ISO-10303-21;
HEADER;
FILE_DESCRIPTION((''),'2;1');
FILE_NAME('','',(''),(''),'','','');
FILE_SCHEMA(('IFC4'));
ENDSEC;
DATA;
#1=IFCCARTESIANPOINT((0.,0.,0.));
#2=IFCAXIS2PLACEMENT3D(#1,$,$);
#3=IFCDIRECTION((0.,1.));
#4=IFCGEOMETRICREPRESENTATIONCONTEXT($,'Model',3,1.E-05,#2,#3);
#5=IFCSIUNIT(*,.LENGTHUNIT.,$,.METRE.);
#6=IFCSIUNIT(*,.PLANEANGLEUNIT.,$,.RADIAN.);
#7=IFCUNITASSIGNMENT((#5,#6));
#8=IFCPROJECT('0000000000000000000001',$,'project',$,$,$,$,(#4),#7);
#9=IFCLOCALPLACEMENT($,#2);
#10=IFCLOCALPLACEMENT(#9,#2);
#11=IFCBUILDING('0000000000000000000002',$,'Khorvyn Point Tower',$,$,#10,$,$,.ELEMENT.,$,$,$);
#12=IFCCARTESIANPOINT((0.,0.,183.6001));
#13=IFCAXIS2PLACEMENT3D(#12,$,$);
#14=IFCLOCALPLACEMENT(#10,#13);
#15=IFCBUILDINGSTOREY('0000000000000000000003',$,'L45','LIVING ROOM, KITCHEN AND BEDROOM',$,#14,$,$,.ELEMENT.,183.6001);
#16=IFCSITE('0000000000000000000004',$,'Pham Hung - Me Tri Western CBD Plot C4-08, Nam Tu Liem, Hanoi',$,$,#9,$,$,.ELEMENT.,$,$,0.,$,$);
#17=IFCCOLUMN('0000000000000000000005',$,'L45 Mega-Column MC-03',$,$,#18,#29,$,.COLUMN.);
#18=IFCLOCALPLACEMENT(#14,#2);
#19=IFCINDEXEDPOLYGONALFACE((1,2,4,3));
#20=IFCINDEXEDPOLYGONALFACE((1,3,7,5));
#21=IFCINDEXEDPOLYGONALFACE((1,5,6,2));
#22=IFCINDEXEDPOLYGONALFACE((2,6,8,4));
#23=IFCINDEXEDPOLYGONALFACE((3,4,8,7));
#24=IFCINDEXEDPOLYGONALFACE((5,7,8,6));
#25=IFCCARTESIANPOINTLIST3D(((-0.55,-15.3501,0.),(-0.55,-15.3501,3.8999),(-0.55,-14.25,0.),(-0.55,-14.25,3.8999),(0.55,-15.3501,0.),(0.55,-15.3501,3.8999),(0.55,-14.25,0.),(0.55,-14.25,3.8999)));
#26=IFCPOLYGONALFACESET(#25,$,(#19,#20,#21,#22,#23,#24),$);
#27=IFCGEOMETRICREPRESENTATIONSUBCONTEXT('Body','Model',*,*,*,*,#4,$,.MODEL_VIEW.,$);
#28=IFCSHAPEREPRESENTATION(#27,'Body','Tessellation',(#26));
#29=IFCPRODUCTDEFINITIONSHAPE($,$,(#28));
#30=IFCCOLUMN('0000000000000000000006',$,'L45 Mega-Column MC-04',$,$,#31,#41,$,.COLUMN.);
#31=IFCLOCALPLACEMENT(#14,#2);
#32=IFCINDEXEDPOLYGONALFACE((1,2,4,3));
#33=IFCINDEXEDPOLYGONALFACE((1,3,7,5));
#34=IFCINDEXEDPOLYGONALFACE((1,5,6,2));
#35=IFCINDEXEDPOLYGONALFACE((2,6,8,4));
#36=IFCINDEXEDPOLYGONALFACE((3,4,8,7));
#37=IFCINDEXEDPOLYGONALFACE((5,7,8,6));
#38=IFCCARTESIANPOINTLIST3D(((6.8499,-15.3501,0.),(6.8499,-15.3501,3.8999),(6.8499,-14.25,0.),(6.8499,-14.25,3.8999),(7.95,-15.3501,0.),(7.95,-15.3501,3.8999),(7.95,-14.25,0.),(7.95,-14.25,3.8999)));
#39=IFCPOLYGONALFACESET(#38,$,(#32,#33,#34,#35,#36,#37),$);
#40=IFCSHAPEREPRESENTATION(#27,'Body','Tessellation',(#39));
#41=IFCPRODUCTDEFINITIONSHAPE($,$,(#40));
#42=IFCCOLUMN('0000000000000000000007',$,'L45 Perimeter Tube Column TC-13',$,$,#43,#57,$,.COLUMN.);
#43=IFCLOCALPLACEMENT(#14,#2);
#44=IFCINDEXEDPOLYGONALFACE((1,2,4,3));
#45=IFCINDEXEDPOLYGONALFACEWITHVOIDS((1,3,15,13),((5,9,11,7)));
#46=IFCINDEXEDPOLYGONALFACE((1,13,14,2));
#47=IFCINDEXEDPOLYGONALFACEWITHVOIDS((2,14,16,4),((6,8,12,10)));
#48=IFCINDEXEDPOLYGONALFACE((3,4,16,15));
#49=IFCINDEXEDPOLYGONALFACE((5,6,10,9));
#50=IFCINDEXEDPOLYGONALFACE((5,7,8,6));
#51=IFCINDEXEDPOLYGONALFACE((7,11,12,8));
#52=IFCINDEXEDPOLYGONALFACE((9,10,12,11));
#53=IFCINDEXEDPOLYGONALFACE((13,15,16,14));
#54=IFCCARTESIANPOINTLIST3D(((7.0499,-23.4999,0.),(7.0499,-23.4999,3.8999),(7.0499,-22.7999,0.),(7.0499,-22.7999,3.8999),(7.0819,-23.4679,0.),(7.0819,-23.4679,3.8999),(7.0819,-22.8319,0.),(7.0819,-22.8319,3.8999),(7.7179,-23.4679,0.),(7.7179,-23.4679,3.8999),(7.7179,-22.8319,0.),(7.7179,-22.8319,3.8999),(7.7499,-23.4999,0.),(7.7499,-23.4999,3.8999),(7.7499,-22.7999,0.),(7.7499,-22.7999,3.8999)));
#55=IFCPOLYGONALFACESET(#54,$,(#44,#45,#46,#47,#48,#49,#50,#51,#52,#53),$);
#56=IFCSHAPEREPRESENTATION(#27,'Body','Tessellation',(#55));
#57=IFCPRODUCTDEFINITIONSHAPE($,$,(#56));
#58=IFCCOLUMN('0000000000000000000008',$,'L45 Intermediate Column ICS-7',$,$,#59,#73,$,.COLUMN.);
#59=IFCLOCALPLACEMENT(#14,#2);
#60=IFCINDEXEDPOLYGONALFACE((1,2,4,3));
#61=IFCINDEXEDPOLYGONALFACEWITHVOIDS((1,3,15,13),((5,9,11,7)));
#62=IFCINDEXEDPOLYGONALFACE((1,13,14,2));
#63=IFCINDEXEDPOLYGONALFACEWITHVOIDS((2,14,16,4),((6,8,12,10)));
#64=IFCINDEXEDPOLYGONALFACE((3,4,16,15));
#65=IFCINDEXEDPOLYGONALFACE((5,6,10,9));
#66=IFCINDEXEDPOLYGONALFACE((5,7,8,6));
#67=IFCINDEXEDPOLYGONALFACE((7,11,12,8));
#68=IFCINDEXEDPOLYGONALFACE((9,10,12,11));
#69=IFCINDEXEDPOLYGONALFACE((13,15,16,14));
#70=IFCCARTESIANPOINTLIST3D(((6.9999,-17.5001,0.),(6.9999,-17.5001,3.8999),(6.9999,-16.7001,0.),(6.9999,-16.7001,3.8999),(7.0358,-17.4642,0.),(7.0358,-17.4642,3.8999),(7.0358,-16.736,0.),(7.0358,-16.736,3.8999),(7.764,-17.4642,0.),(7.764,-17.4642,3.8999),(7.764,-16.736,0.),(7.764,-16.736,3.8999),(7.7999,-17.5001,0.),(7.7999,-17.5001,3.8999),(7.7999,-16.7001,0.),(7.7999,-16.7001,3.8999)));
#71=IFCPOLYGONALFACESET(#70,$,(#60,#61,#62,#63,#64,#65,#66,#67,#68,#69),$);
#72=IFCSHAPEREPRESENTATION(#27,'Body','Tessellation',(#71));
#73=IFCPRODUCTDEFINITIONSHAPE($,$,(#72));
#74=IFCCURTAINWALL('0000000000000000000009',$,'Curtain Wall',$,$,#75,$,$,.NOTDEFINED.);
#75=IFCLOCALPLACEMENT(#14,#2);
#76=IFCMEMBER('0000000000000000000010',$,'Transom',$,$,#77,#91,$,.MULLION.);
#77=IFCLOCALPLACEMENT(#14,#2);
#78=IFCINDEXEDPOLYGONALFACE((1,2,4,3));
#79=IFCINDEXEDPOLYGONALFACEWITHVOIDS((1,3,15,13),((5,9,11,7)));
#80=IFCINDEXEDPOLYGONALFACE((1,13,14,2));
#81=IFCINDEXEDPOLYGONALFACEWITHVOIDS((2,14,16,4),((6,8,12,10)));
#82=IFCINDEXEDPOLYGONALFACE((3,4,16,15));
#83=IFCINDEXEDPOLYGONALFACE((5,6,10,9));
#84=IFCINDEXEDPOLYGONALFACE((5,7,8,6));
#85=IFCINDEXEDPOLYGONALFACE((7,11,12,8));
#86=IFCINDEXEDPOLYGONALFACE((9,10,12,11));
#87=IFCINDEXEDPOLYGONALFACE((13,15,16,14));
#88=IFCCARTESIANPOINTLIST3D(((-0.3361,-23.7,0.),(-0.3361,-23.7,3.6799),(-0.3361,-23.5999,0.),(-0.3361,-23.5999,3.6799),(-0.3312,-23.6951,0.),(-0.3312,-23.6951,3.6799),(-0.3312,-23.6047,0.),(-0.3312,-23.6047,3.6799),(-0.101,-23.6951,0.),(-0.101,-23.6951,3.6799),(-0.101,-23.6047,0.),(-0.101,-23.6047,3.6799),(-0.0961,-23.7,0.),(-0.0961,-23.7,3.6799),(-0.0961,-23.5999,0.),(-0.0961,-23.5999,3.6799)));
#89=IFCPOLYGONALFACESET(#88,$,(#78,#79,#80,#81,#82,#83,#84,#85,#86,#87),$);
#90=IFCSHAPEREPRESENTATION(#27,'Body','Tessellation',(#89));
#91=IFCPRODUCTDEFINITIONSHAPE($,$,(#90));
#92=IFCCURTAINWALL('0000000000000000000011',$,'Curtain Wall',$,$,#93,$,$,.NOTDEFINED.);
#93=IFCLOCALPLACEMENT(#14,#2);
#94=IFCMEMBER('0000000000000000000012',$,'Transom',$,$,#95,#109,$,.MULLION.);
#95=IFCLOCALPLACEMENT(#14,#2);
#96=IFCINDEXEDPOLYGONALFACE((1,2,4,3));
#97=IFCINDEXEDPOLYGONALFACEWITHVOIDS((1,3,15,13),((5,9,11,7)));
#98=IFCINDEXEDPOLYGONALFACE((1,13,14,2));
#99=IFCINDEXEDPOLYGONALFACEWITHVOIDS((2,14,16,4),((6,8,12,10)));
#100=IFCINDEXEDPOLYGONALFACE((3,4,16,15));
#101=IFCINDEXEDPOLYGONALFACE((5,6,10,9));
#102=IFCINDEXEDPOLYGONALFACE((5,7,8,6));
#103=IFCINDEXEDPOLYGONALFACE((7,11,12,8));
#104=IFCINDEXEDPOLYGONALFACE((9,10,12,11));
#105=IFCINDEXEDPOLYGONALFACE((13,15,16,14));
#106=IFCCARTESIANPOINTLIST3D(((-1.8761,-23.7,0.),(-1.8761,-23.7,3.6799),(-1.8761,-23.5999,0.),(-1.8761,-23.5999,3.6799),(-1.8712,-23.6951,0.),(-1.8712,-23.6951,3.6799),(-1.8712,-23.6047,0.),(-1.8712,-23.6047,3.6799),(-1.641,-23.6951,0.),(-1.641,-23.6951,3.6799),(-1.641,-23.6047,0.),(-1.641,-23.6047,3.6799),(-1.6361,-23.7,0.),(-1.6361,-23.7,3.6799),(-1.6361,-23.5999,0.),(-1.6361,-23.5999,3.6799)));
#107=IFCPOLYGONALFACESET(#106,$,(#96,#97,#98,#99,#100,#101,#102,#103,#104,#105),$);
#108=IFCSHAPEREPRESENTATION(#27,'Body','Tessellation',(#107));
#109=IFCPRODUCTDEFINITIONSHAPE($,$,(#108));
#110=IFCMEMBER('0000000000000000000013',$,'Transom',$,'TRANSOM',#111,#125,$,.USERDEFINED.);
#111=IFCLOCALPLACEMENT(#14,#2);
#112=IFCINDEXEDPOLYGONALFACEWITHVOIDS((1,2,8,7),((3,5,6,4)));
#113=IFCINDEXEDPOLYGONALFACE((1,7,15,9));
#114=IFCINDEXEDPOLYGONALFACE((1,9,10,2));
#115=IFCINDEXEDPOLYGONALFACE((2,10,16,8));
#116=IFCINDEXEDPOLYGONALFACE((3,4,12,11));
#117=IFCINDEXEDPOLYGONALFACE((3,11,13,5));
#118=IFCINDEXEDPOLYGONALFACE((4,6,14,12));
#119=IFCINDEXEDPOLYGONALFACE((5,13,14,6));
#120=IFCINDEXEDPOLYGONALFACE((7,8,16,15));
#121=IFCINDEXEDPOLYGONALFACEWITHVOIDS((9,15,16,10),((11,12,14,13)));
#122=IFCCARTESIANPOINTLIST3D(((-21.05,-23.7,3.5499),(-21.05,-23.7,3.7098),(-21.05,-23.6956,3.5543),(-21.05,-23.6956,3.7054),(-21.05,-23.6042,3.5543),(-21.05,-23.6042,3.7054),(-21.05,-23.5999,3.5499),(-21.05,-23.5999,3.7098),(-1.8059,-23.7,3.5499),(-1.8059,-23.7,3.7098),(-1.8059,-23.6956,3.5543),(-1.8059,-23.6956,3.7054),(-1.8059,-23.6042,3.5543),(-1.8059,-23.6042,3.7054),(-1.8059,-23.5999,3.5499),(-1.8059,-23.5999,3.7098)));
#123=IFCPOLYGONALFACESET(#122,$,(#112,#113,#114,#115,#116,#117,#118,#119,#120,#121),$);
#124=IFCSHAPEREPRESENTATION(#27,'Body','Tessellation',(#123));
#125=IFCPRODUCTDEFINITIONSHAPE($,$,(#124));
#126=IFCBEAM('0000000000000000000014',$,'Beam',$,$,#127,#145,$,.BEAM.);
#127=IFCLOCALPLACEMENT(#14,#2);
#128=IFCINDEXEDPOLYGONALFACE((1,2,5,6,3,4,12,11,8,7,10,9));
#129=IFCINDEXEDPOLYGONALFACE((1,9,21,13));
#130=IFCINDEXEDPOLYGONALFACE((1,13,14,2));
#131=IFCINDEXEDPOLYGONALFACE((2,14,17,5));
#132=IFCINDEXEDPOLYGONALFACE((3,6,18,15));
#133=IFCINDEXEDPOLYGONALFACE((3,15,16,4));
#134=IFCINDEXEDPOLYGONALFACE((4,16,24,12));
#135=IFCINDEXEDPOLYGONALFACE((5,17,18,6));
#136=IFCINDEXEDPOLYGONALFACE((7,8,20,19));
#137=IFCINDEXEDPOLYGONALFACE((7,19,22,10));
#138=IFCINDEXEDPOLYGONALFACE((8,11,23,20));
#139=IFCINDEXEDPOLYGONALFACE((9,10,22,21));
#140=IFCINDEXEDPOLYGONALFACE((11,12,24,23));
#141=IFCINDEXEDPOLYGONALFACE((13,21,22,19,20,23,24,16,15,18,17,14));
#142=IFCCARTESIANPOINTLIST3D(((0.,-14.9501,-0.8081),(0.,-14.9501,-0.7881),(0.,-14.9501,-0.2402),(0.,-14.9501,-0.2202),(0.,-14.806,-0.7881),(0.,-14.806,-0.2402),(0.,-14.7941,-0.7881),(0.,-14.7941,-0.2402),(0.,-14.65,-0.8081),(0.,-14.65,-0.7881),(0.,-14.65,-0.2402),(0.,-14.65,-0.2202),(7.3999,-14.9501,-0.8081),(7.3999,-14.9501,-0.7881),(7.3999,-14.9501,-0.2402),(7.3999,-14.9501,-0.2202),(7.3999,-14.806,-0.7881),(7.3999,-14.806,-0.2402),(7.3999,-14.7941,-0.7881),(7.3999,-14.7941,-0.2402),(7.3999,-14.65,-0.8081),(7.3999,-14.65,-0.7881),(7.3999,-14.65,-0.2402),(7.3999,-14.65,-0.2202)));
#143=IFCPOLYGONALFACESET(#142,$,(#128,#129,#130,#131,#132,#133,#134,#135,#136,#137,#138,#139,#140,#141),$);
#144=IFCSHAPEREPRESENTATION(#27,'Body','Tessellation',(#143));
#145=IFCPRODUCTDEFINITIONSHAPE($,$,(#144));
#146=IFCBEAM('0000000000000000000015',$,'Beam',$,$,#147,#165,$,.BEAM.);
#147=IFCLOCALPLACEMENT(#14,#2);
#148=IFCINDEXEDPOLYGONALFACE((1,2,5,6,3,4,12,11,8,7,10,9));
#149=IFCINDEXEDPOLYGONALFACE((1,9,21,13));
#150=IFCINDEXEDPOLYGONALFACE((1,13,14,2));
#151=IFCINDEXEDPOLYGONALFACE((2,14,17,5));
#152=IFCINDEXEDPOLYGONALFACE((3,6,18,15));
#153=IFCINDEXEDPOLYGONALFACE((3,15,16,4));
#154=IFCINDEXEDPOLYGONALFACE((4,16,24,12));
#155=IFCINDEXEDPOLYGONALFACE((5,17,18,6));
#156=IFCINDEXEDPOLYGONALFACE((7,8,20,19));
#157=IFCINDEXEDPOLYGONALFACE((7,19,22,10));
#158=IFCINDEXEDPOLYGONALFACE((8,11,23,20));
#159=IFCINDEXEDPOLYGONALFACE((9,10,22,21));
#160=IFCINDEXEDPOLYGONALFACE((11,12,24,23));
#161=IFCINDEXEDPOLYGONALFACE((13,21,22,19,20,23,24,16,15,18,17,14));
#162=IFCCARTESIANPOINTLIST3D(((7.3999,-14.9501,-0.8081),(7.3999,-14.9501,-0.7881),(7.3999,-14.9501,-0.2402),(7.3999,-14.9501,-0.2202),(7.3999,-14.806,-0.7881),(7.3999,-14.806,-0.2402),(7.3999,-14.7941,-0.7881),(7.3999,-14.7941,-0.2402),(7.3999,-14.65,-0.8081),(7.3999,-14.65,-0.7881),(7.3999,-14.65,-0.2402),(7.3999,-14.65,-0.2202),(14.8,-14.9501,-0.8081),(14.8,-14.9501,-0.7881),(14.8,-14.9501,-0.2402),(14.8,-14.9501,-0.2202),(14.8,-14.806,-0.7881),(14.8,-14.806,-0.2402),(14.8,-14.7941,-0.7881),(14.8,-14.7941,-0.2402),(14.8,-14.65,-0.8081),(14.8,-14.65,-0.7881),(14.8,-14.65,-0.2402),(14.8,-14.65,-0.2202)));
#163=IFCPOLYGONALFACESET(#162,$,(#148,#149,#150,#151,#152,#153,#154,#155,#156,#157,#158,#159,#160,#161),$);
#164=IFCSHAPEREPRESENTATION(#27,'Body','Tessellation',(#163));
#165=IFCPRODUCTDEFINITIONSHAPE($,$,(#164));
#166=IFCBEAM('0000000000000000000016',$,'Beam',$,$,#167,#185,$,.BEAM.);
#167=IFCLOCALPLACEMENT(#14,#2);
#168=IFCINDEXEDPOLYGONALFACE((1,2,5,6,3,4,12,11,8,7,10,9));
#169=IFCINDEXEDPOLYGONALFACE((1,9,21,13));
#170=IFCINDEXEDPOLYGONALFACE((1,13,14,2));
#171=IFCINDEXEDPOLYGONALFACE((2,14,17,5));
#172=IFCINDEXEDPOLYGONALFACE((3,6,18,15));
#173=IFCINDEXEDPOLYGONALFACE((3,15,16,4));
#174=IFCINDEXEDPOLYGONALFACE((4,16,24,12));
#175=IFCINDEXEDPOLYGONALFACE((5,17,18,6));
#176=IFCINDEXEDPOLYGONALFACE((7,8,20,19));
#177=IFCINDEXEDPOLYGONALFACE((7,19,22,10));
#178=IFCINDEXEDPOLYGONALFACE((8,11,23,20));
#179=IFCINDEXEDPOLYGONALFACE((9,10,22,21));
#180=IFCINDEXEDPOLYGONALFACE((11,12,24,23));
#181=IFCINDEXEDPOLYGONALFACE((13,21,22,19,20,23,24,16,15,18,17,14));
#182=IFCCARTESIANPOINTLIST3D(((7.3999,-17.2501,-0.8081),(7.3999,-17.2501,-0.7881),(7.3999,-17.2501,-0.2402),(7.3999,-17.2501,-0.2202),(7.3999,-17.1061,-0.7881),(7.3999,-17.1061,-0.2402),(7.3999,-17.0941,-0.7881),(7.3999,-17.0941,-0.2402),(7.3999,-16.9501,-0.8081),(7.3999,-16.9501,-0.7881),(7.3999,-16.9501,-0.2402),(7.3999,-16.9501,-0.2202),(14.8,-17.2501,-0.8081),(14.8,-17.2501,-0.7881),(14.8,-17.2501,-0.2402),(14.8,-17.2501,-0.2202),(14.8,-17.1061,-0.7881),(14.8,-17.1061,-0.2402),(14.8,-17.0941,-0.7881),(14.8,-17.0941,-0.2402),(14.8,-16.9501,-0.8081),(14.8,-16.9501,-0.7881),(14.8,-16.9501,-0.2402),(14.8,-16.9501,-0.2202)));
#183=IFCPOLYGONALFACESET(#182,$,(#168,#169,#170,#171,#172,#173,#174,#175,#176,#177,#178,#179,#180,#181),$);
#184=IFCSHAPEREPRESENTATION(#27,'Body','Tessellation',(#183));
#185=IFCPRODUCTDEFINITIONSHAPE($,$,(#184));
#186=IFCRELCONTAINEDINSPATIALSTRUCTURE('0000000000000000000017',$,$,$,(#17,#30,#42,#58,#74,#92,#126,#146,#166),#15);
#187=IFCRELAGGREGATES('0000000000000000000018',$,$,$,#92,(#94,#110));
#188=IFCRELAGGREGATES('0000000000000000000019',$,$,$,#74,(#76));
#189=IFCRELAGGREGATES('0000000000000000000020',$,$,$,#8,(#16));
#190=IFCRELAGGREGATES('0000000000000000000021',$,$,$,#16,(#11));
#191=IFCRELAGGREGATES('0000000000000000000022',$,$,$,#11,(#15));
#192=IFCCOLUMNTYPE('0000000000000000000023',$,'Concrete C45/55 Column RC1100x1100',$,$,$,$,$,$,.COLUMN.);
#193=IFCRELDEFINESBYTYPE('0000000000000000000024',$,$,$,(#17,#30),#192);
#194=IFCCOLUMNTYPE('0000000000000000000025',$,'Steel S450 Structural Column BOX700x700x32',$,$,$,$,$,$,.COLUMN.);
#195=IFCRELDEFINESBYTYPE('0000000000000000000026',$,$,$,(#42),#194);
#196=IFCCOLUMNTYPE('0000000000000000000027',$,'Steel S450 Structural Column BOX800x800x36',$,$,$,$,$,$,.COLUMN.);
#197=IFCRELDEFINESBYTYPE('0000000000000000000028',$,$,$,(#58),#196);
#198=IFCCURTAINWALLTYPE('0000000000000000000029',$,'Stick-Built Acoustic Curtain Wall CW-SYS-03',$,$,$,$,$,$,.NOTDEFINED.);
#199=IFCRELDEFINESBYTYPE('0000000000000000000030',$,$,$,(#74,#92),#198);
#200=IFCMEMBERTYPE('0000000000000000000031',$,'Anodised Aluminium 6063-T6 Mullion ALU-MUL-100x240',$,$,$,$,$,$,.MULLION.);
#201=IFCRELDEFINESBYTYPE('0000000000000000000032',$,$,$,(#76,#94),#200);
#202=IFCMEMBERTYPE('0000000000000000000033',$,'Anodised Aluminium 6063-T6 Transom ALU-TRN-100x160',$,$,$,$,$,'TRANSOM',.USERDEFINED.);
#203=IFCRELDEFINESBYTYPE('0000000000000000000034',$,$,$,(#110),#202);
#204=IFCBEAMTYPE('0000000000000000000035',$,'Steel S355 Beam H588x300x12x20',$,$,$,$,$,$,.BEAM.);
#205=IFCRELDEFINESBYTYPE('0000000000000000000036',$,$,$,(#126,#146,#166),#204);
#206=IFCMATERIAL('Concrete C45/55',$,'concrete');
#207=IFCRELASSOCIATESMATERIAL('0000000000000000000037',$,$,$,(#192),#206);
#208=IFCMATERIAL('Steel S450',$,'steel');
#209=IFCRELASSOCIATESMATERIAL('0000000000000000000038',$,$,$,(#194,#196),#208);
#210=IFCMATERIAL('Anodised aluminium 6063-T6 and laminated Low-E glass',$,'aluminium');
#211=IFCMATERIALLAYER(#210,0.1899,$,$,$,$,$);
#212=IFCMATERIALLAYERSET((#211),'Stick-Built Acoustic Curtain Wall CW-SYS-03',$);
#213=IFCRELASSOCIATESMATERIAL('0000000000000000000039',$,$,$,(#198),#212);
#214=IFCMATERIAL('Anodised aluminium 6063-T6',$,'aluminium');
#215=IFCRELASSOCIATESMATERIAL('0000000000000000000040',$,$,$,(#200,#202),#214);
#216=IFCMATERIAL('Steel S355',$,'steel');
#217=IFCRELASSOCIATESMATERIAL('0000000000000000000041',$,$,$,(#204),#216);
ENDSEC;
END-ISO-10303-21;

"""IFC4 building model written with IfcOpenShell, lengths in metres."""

from ifc_helpers import new_model, si_unit, direction, frame, origin, origin_2d, place, context, subcontext, project, spatial, rectangle, hollow_rectangle, i_section, extrude, material, layer, layer_set, material_profile, profile_set, type_object, element, aggregate, save


model = new_model("IFC4")

# Units and contexts
model_context = context("Model", 3, precision=1e-05, world=origin(), true_north=direction((0.0, 1.0)))
body_context = subcontext(model_context, "Body", "Model", "MODEL_VIEW")
ifc_project = project(units=[si_unit("LENGTHUNIT", "METRE"), si_unit("PLANEANGLEUNIT", "RADIAN")], contexts=[model_context])

# Site, building, storey
site_placement = place(None, origin())
site = spatial("IfcSite", under=ifc_project, at=site_placement, Name="Pham Hung - Me Tri Western CBD Plot C4-08, Nam Tu Liem, Hanoi", CompositionType="ELEMENT", RefElevation=0.0)
building_placement = place(site_placement, origin())
building = spatial("IfcBuilding", under=site, at=building_placement, Name="Khorvyn Point Tower", CompositionType="ELEMENT")
storey_placement = place(building_placement, frame((0.0, 0.0, 183.6001)))
storey = spatial("IfcBuildingStorey", under=building, at=storey_placement, Name="L45", Description="LIVING ROOM, KITCHEN AND BEDROOM", CompositionType="ELEMENT", Elevation=183.6001)

# Columns
ifc_material_1 = material(Name="Concrete C45/55", Category="concrete")
ifc_material_profile_1 = material_profile(ifc_material_1, rectangle(XDim=1.1001, YDim=1.1001, at=origin_2d()))
ifc_profile_set_1 = profile_set([ifc_material_profile_1], Name="Concrete C45/55 RC1100x1100")
column_type_1 = type_object("IfcColumnType", Name="Concrete C45/55 Column RC1100x1100", PredefinedType="COLUMN", material=ifc_profile_set_1)
for number, where, z_axis, x_axis, name in (
    (1, (0.0, -14.8, 0.0), (0.0, 0.0, 1.0), (1.0, 0.0, 0.0), "L45 Mega-Column MC-03"),
    (2, (7.3999, -14.8, 0.0), (0.0, 0.0, 1.0), (1.0, 0.0, 0.0), "L45 Mega-Column MC-04"),
):
    element("IfcColumn", number, at=place(storey_placement, frame(where, z_axis=z_axis, x_axis=x_axis)), inside=storey, type_object=column_type_1, Name=name, PredefinedType="COLUMN", context=body_context, shape_type="SweptSolid", body=[
        extrude(rectangle(XDim=1.1001, YDim=1.1001, at=origin_2d()), origin(), (0.0, 0.0, 1.0), 3.8999),
    ])
ifc_material_2 = material(Name="Steel S450", Category="steel")
ifc_material_profile_2 = material_profile(ifc_material_2, hollow_rectangle(XDim=0.7, YDim=0.7, WallThickness=0.032, at=origin_2d()))
ifc_profile_set_2 = profile_set([ifc_material_profile_2], Name="Steel S450 BOX700x700x32")
column_type_2 = type_object("IfcColumnType", Name="Steel S450 Structural Column BOX700x700x32", PredefinedType="COLUMN", material=ifc_profile_set_2)
column_1_placement = place(storey_placement, frame((7.3999, -23.1499, 0.0), z_axis=(0.0, 0.0, 1.0), x_axis=(1.0, 0.0, 0.0)))
element("IfcColumn", 3, at=column_1_placement, inside=storey, type_object=column_type_2, Name="L45 Perimeter Tube Column TC-13", PredefinedType="COLUMN", context=body_context, shape_type="SweptSolid", body=[
    extrude(hollow_rectangle(XDim=0.7, YDim=0.7, WallThickness=0.032, at=origin_2d()), origin(), (0.0, 0.0, 1.0), 3.8999),
])
ifc_material_profile_3 = material_profile(ifc_material_2, hollow_rectangle(XDim=0.8, YDim=0.8, WallThickness=0.0359, at=origin_2d()))
ifc_profile_set_3 = profile_set([ifc_material_profile_3], Name="Steel S450 BOX800x800x36")
column_type_3 = type_object("IfcColumnType", Name="Steel S450 Structural Column BOX800x800x36", PredefinedType="COLUMN", material=ifc_profile_set_3)
column_2_placement = place(storey_placement, frame((7.3999, -17.1001, 0.0), z_axis=(0.0, 0.0, 1.0), x_axis=(1.0, 0.0, 0.0)))
element("IfcColumn", 4, at=column_2_placement, inside=storey, type_object=column_type_3, Name="L45 Intermediate Column ICS-7", PredefinedType="COLUMN", context=body_context, shape_type="SweptSolid", body=[
    extrude(hollow_rectangle(XDim=0.8, YDim=0.8, WallThickness=0.0359, at=origin_2d()), origin(), (0.0, 0.0, 1.0), 3.8999),
])

# Curtain wall, member
ifc_material_3 = material(Name="Anodised aluminium 6063-T6 and laminated Low-E glass", Category="aluminium")
ifc_layer_1 = layer(ifc_material_3, 0.1899)
ifc_layer_set_1 = layer_set([ifc_layer_1], Name="Stick-Built Acoustic Curtain Wall CW-SYS-03")
curtain_wall_type = type_object("IfcCurtainWallType", Name="Stick-Built Acoustic Curtain Wall CW-SYS-03", PredefinedType="NOTDEFINED", material=ifc_layer_set_1)
curtain_wall_1_placement = place(storey_placement, origin())
curtain_wall_1 = element("IfcCurtainWall", 5, at=curtain_wall_1_placement, inside=storey, type_object=curtain_wall_type, Name="Curtain Wall", PredefinedType="NOTDEFINED")
ifc_material_4 = material(Name="Anodised aluminium 6063-T6", Category="aluminium")
ifc_material_profile_4 = material_profile(ifc_material_4, hollow_rectangle(XDim=0.1001, YDim=0.24, WallThickness=0.0049, at=origin_2d()))
ifc_profile_set_4 = profile_set([ifc_material_profile_4], Name="Anodised aluminium 6063-T6 ALU-MUL-100x240")
member_type_1 = type_object("IfcMemberType", Name="Anodised Aluminium 6063-T6 Mullion ALU-MUL-100x240", PredefinedType="MULLION", material=ifc_profile_set_4)
member_1_placement = place(storey_placement, frame((-0.2161, -23.6499, 0.0), z_axis=(0.0, 0.0, 1.0), x_axis=(0.0, -1.0, 0.0)))
member_1 = element("IfcMember", 6, at=member_1_placement, type_object=member_type_1, Name="Transom", PredefinedType="MULLION", context=body_context, shape_type="SweptSolid", body=[
    extrude(hollow_rectangle(XDim=0.1001, YDim=0.24, WallThickness=0.0049, at=origin_2d()), origin(), (0.0, 0.0, 1.0), 3.6799),
])

# Curtain wall, members
curtain_wall_2_placement = place(storey_placement, origin())
curtain_wall_2 = element("IfcCurtainWall", 7, at=curtain_wall_2_placement, inside=storey, type_object=curtain_wall_type, Name="Curtain Wall", PredefinedType="NOTDEFINED")
member_2_placement = place(storey_placement, frame((-1.7561, -23.6499, 0.0), z_axis=(0.0, 0.0, 1.0), x_axis=(0.0, -1.0, 0.0)))
member_2 = element("IfcMember", 8, at=member_2_placement, type_object=member_type_1, Name="Transom", PredefinedType="MULLION", context=body_context, shape_type="SweptSolid", body=[
    extrude(hollow_rectangle(XDim=0.1001, YDim=0.24, WallThickness=0.0049, at=origin_2d()), origin(), (0.0, 0.0, 1.0), 3.6799),
])
ifc_material_profile_5 = material_profile(ifc_material_4, hollow_rectangle(XDim=0.1001, YDim=0.1599, WallThickness=0.0044, at=origin_2d()))
ifc_profile_set_5 = profile_set([ifc_material_profile_5], Name="Anodised aluminium 6063-T6 ALU-TRN-100x160")
member_type_2 = type_object("IfcMemberType", Name="Anodised Aluminium 6063-T6 Transom ALU-TRN-100x160", ElementType="TRANSOM", PredefinedType="USERDEFINED", material=ifc_profile_set_5)
member_3_placement = place(storey_placement, frame((-1.8059, -23.6499, 3.6299), z_axis=(-1.0, 0.0, 0.0), x_axis=(0.0, -1.0, 0.0)))
member_3 = element("IfcMember", 9, at=member_3_placement, type_object=member_type_2, Name="Transom", ObjectType="TRANSOM", PredefinedType="USERDEFINED", context=body_context, shape_type="SweptSolid", body=[
    extrude(hollow_rectangle(XDim=0.1001, YDim=0.1599, WallThickness=0.0044, at=origin_2d()), origin(), (0.0, 0.0, 1.0), 19.2441),
])
aggregate(curtain_wall_2, [member_2, member_3])

# Beams
ifc_material_5 = material(Name="Steel S355", Category="steel")
ifc_material_profile_6 = material_profile(ifc_material_5, i_section(OverallWidth=0.3, OverallDepth=0.5879, WebThickness=0.012, FlangeThickness=0.02, at=origin_2d()))
ifc_profile_set_6 = profile_set([ifc_material_profile_6], Name="Steel S355 H588x300x12x20")
beam_type_1 = type_object("IfcBeamType", Name="Steel S355 Beam H588x300x12x20", PredefinedType="BEAM", material=ifc_profile_set_6)
beam_1_placement = place(storey_placement, frame((0.0, -14.8, -0.5142), z_axis=(1.0, 0.0, 0.0), x_axis=(0.0, 1.0, 0.0)))
element("IfcBeam", 10, at=beam_1_placement, inside=storey, type_object=beam_type_1, Name="Beam", PredefinedType="BEAM", context=body_context, shape_type="SweptSolid", body=[
    extrude(i_section(OverallWidth=0.3, OverallDepth=0.5879, WebThickness=0.012, FlangeThickness=0.02, at=origin_2d()), origin(), (0.0, 0.0, 1.0), 7.3999),
])
for number, where, z_axis, x_axis, name in (
    (11, (7.3999, -14.8, -0.5142), (1.0, 0.0, 0.0), (0.0, 1.0, 0.0), "Beam"),
    (12, (7.3999, -17.1001, -0.5142), (1.0, 0.0, 0.0), (0.0, 1.0, 0.0), "Beam"),
):
    element("IfcBeam", number, at=place(storey_placement, frame(where, z_axis=z_axis, x_axis=x_axis)), inside=storey, type_object=beam_type_1, Name=name, PredefinedType="BEAM", context=body_context, shape_type="SweptSolid", body=[
        extrude(i_section(OverallWidth=0.3, OverallDepth=0.5879, WebThickness=0.012, FlangeThickness=0.02, at=origin_2d()), origin(), (0.0, 0.0, 1.0), 7.4001),
    ])

aggregate(curtain_wall_1, [member_1])

save(model, "model.ifc")
